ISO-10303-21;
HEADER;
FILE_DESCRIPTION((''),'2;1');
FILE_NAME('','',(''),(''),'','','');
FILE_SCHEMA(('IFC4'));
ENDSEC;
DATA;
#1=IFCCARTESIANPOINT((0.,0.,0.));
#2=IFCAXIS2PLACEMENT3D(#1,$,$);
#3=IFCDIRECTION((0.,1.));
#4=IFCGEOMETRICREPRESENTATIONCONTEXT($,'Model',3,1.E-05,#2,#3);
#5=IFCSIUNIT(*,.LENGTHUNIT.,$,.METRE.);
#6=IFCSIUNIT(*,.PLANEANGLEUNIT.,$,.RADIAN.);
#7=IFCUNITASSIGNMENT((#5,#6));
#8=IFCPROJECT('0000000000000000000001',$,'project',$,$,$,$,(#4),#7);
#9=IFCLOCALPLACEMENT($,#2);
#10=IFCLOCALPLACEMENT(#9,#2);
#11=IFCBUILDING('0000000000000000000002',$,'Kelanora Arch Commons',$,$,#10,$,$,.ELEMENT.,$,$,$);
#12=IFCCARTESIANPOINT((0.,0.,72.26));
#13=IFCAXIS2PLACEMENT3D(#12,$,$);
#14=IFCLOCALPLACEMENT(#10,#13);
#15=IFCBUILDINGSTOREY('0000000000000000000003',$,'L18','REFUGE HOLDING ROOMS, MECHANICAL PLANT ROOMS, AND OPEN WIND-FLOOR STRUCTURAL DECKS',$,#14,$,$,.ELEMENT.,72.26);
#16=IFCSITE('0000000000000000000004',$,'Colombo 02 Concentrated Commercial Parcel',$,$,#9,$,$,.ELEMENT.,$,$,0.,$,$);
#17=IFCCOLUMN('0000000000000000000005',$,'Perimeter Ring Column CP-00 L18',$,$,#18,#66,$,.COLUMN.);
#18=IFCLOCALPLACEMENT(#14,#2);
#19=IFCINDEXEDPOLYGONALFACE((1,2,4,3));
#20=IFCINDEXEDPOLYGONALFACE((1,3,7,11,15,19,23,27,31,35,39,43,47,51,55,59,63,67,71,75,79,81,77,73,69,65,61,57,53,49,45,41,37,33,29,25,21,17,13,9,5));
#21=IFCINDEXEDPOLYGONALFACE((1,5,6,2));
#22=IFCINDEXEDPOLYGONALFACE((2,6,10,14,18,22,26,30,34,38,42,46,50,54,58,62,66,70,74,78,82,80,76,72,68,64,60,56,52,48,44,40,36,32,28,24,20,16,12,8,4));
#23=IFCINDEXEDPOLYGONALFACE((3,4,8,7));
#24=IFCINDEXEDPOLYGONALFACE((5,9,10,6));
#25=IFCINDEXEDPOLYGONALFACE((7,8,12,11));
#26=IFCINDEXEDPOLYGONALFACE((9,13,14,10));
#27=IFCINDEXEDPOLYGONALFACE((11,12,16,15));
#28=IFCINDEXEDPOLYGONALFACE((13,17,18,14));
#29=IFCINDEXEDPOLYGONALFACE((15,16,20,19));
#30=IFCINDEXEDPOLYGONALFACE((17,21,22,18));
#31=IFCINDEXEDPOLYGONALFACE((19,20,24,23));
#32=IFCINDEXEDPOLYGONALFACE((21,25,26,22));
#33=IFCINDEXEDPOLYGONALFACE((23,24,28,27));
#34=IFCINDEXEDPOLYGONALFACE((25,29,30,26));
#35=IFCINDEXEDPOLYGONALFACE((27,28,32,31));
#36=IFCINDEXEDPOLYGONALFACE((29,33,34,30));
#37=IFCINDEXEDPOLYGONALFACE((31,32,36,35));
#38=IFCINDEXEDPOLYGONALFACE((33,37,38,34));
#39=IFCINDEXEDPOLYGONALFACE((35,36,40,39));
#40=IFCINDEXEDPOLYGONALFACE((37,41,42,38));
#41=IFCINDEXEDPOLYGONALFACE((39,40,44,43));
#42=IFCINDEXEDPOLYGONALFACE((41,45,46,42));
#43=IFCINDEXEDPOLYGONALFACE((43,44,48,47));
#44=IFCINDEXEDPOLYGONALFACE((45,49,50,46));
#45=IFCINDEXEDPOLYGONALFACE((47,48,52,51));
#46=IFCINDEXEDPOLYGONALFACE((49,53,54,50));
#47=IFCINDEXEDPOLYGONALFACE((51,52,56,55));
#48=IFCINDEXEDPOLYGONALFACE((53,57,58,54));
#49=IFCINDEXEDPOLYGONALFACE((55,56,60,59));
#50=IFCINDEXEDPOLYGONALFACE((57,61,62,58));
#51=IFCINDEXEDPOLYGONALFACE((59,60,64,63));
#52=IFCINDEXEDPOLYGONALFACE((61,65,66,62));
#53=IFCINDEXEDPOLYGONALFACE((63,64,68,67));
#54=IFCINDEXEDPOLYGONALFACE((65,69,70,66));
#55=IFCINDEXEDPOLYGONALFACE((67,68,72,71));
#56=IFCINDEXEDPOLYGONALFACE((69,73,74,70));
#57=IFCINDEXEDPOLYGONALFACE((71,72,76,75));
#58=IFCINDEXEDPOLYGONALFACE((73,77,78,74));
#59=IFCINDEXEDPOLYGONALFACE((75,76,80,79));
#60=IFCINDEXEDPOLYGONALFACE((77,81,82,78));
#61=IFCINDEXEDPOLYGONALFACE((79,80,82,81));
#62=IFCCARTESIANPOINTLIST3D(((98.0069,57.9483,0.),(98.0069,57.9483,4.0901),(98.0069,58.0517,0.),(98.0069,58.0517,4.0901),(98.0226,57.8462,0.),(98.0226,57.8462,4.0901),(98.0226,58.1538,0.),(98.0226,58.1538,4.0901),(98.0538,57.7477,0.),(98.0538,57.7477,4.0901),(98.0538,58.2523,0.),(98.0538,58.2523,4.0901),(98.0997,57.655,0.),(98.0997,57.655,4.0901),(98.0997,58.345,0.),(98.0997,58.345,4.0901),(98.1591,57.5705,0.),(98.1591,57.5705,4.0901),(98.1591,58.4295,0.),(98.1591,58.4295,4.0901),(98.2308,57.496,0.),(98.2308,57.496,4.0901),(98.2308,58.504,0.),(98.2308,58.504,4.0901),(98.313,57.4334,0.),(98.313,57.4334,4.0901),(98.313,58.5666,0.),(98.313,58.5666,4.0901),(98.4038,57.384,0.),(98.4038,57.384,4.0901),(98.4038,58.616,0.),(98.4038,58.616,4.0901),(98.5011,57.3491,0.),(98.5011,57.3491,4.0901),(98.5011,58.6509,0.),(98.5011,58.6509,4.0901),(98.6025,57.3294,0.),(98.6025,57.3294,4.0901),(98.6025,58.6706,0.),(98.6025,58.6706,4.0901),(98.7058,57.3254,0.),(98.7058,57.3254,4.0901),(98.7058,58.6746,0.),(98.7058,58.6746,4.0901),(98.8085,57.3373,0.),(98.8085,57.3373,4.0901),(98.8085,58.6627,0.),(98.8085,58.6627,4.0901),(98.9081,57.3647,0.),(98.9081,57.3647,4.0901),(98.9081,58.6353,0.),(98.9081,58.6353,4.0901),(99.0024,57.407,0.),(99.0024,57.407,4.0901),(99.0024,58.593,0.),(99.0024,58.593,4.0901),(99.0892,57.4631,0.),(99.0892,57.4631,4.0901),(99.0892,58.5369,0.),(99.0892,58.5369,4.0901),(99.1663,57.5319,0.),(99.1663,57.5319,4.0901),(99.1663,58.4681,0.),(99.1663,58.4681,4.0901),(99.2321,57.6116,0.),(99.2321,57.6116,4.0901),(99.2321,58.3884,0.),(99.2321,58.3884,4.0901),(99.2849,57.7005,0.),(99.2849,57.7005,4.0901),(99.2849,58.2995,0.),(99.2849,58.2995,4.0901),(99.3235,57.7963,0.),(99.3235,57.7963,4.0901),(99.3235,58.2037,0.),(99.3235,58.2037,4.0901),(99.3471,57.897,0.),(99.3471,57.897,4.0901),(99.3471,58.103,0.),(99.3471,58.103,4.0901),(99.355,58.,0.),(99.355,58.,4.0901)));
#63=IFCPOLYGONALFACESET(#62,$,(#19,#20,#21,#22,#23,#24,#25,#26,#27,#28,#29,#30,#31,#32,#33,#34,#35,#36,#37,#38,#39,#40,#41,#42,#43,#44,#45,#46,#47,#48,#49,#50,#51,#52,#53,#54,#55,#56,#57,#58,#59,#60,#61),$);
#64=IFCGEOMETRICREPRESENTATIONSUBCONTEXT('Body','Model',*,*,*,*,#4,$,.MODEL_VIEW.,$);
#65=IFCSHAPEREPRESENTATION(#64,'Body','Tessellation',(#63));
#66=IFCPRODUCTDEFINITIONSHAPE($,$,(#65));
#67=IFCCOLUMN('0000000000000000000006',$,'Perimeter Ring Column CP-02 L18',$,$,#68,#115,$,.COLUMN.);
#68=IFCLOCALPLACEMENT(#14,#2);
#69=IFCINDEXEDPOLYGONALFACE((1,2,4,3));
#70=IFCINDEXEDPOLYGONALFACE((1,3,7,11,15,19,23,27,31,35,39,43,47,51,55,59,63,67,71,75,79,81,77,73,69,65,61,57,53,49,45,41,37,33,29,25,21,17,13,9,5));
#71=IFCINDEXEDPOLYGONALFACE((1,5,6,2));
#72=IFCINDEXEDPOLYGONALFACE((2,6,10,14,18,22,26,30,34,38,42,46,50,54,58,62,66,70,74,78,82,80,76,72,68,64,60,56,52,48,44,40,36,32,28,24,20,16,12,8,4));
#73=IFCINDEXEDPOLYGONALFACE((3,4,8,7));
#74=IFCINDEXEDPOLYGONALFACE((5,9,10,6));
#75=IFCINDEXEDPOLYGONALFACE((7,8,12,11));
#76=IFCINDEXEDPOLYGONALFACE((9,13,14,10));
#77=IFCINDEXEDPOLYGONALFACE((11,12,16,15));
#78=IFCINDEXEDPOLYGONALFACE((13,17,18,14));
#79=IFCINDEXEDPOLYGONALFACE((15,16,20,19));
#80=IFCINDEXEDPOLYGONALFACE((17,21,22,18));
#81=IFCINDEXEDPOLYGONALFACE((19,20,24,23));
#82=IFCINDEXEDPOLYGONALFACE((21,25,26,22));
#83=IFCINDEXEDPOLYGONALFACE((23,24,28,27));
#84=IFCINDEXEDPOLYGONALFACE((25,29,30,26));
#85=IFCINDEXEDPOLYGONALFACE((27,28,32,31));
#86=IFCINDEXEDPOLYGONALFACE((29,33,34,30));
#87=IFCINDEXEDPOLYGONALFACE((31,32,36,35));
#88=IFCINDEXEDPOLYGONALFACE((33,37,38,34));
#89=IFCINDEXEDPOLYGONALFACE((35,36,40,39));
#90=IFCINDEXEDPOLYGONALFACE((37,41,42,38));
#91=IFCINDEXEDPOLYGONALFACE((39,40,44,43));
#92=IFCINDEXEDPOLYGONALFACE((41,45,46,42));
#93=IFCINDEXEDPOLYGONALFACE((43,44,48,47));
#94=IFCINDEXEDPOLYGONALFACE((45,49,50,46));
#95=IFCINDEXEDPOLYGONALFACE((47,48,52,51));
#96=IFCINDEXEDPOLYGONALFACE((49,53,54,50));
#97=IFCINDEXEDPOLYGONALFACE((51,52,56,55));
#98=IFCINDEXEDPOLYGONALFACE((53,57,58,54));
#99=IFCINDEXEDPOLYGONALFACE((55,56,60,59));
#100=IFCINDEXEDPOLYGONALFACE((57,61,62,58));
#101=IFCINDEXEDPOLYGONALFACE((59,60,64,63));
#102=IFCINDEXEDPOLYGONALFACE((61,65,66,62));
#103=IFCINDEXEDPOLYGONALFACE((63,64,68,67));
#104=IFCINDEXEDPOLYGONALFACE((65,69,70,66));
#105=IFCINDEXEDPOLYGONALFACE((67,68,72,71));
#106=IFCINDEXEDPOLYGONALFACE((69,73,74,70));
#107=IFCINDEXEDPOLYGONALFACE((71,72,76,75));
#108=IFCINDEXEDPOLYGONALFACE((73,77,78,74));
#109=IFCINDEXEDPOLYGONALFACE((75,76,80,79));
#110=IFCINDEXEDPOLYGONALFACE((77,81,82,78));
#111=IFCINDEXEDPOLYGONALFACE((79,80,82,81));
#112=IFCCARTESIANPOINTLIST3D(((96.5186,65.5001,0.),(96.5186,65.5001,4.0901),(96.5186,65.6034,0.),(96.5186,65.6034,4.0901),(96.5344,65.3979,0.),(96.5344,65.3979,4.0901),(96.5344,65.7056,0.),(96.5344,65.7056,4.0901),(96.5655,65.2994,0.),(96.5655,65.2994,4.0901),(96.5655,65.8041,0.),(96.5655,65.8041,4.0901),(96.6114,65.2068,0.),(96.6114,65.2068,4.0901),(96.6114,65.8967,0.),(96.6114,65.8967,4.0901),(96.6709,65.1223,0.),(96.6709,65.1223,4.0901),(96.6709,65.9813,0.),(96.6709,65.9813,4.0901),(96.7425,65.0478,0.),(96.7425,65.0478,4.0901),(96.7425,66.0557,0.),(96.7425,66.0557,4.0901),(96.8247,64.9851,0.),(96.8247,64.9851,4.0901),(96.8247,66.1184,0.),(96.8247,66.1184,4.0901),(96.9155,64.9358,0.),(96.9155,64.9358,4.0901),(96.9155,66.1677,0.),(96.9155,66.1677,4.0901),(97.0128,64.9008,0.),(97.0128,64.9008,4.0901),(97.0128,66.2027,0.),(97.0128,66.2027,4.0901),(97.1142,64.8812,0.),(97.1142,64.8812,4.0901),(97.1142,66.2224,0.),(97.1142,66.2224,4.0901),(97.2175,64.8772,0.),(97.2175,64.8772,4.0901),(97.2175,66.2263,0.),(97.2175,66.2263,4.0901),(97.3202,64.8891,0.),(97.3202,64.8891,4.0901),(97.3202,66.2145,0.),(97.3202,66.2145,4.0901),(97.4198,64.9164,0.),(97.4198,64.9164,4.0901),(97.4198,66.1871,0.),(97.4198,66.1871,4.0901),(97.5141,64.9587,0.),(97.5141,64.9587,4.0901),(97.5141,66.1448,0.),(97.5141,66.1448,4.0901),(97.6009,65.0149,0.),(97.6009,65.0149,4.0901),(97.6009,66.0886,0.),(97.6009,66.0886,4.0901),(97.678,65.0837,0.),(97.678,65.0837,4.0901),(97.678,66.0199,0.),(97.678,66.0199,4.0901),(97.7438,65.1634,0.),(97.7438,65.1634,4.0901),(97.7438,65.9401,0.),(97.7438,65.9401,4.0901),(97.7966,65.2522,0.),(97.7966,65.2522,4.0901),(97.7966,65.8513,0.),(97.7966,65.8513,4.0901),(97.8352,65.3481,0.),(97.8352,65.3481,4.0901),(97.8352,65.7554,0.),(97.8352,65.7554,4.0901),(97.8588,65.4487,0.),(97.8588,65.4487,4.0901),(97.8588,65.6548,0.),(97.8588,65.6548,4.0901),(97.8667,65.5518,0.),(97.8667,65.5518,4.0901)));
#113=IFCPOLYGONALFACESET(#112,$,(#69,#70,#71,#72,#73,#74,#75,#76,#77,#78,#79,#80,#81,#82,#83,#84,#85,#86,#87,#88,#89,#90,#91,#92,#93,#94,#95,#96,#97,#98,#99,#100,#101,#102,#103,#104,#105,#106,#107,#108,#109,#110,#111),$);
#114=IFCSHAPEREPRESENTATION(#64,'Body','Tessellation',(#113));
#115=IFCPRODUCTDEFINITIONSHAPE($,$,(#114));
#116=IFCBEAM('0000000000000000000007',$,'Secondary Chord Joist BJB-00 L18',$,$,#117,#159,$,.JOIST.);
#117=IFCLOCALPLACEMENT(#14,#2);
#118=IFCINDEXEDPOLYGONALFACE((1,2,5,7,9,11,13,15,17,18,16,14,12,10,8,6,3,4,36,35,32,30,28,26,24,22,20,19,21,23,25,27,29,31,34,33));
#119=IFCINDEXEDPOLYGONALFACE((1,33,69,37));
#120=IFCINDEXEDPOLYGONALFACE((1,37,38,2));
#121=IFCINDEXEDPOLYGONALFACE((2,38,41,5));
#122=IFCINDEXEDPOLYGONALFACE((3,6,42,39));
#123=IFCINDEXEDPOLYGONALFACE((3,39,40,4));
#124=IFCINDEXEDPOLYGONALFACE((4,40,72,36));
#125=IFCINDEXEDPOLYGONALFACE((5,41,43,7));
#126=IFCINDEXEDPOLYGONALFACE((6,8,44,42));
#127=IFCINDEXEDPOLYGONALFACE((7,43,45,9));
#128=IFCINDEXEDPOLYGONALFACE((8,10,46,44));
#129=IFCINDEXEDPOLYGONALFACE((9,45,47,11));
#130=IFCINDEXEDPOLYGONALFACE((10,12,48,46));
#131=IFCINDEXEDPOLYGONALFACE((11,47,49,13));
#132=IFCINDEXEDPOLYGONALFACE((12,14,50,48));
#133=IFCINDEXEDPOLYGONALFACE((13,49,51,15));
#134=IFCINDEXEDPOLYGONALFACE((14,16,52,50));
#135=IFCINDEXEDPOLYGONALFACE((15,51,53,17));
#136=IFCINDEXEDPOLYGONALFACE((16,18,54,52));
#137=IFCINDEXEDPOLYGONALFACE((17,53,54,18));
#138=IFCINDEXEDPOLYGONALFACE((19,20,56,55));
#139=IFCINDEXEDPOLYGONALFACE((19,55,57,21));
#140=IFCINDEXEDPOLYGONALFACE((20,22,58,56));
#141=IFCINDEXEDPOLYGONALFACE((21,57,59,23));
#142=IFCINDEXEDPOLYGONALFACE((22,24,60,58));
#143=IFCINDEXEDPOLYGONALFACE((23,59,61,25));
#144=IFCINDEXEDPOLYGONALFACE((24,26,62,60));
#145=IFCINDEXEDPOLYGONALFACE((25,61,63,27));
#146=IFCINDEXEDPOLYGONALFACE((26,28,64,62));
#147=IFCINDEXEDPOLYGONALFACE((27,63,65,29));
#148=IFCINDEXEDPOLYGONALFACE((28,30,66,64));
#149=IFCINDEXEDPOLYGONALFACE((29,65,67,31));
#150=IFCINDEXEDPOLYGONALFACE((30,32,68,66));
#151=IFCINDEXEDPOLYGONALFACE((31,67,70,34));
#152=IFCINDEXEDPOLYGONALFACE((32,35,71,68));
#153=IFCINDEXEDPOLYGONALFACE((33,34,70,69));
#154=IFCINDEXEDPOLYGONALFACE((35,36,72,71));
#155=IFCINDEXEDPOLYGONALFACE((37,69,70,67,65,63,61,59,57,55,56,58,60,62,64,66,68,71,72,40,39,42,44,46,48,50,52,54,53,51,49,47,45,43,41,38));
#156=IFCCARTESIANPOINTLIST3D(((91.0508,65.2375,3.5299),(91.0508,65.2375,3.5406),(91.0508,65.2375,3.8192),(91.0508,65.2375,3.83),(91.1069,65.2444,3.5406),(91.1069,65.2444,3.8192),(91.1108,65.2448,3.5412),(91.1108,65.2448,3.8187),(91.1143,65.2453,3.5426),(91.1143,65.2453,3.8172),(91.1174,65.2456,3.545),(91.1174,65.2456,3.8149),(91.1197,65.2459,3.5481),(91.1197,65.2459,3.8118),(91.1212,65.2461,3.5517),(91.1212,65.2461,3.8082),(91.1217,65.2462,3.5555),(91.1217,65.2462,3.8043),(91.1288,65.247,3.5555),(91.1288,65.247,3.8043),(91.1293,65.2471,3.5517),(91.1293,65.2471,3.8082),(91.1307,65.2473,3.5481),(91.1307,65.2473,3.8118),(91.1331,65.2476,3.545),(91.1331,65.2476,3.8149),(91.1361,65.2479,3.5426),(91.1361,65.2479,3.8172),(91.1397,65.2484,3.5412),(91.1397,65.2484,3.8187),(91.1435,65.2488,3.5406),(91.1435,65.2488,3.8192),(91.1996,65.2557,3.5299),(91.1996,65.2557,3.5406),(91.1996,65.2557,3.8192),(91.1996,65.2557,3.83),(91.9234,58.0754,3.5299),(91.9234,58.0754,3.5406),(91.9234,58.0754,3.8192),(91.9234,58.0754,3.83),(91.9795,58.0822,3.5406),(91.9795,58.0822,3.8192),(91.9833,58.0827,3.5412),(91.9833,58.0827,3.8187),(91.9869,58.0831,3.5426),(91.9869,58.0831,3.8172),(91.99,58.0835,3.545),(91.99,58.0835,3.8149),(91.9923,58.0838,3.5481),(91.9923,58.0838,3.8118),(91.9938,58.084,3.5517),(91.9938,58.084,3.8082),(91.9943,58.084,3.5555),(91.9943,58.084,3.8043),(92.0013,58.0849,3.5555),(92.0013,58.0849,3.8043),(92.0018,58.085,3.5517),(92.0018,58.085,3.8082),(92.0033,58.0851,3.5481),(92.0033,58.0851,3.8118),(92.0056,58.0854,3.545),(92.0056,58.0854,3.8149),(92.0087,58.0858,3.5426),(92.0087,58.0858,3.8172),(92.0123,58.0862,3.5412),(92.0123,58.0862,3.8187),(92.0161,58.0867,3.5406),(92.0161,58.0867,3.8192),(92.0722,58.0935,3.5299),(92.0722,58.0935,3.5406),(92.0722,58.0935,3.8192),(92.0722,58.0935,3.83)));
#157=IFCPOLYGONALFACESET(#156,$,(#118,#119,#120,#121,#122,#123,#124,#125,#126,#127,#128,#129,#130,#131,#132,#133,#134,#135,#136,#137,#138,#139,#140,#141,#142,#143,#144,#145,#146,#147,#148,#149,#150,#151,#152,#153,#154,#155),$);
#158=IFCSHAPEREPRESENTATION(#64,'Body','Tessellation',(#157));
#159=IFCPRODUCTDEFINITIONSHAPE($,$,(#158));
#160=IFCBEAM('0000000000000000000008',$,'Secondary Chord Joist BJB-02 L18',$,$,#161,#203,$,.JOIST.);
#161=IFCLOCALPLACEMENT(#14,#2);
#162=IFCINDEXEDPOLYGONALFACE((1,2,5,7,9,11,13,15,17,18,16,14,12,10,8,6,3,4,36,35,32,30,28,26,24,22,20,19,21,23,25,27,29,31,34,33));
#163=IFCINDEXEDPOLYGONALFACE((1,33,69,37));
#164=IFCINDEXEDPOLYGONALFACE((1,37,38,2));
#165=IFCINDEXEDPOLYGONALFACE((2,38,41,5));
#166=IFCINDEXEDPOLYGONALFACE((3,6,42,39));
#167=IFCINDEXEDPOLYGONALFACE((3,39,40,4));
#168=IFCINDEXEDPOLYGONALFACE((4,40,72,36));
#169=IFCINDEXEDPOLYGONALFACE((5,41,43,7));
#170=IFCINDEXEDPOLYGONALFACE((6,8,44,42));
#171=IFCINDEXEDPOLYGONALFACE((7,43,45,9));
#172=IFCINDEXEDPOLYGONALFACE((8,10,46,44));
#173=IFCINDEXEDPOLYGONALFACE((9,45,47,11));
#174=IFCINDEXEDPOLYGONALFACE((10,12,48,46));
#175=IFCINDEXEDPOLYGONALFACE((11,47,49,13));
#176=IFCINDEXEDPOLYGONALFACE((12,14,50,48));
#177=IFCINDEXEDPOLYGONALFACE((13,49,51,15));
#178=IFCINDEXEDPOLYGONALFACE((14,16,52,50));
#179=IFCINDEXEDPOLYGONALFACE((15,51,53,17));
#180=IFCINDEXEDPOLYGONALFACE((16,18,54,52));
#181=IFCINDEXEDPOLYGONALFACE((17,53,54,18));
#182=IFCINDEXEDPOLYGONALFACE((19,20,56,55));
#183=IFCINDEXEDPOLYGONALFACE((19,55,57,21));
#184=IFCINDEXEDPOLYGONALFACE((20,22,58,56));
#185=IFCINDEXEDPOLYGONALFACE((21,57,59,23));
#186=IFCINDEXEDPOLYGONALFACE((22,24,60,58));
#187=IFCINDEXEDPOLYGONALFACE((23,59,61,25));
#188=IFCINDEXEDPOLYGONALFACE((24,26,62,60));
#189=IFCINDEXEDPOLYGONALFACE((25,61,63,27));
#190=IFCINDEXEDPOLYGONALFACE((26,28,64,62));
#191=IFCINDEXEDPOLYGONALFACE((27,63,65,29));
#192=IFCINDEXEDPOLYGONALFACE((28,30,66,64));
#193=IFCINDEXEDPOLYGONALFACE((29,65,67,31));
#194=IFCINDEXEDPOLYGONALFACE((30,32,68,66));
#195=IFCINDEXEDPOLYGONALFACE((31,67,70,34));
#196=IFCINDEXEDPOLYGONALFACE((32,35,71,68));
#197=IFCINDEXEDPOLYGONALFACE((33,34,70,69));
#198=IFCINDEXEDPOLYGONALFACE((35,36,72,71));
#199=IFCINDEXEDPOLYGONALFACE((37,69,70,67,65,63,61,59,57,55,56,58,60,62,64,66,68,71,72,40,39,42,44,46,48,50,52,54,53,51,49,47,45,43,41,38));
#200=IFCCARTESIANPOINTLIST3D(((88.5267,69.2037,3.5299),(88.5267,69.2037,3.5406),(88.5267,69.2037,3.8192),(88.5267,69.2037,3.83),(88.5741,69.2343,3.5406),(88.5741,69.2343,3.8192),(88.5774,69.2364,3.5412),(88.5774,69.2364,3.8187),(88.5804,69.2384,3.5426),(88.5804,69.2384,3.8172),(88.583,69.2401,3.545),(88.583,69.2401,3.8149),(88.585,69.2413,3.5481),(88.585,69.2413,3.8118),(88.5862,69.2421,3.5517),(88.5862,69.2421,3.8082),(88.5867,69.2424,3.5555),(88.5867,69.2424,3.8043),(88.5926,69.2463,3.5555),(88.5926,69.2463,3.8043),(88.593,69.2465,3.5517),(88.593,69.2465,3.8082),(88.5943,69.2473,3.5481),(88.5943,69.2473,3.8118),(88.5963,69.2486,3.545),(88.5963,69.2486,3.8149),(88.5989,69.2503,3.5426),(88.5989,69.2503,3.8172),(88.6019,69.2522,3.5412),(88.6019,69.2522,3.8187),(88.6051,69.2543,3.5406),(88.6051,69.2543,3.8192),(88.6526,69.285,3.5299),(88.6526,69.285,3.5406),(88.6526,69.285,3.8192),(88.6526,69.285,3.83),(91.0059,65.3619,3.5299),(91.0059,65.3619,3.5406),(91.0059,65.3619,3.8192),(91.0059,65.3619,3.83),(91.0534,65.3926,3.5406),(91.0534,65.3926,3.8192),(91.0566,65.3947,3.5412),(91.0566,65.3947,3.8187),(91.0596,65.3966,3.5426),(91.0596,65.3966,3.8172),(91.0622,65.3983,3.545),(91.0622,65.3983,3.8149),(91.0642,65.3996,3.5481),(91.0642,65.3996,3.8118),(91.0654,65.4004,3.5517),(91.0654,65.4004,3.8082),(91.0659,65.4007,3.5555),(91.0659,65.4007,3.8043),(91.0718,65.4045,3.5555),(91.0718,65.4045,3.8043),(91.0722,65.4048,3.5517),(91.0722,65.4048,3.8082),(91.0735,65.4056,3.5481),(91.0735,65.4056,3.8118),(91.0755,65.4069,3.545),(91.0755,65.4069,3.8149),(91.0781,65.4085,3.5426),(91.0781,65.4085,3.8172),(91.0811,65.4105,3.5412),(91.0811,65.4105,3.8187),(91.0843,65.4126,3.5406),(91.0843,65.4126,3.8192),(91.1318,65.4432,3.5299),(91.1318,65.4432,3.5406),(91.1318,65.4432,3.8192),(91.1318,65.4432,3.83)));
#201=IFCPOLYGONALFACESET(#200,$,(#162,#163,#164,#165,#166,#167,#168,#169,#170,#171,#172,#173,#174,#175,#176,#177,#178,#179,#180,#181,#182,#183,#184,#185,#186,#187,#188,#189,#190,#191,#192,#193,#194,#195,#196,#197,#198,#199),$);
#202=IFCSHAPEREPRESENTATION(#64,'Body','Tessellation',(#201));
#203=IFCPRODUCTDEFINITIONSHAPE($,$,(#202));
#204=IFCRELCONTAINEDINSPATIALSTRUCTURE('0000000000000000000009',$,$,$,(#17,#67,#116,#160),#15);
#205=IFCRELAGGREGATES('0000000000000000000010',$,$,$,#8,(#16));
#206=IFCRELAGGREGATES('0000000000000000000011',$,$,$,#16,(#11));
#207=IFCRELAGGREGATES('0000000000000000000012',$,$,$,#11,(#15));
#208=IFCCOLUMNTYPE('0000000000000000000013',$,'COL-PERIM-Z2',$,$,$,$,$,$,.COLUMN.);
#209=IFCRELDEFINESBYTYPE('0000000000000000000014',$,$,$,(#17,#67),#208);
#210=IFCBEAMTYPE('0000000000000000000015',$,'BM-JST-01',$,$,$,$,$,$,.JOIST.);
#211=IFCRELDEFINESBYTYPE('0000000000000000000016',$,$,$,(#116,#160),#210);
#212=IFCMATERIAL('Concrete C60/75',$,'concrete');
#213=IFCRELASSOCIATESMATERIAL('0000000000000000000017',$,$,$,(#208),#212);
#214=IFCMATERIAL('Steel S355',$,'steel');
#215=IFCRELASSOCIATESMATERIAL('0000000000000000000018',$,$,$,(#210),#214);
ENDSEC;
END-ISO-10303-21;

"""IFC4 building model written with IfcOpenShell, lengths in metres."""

from ifc_helpers import new_model, si_unit, direction, frame, origin, origin_2d, place, context, subcontext, project, spatial, circle, i_section, extrude, material, material_profile, profile_set, type_object, element, save


model = new_model("IFC4")

# Units and contexts
model_context = context("Model", 3, precision=1e-05, world=origin(), true_north=direction((0.0, 1.0)))
body_context = subcontext(model_context, "Body", "Model", "MODEL_VIEW")
ifc_project = project(units=[si_unit("LENGTHUNIT", "METRE"), si_unit("PLANEANGLEUNIT", "RADIAN")], contexts=[model_context])

# Site, building, storey
site_placement = place(None, origin())
site = spatial("IfcSite", under=ifc_project, at=site_placement, Name="Colombo 02 Concentrated Commercial Parcel", CompositionType="ELEMENT", RefElevation=0.0)
building_placement = place(site_placement, origin())
building = spatial("IfcBuilding", under=site, at=building_placement, Name="Kelanora Arch Commons", CompositionType="ELEMENT")
storey_placement = place(building_placement, frame((0.0, 0.0, 72.26)))
storey = spatial("IfcBuildingStorey", under=building, at=storey_placement, Name="L18", Description="REFUGE HOLDING ROOMS, MECHANICAL PLANT ROOMS, AND OPEN WIND-FLOOR STRUCTURAL DECKS", CompositionType="ELEMENT", Elevation=72.26)

# Columns
ifc_material_1 = material(Name="Concrete C60/75", Category="concrete")
ifc_material_profile_1 = material_profile(ifc_material_1, circle(Radius=0.675, at=origin_2d()), Name="RCC1350")
ifc_profile_set_1 = profile_set([ifc_material_profile_1], Name="Concrete C60/75")
column_type = type_object("IfcColumnType", Name="COL-PERIM-Z2", PredefinedType="COLUMN", material=ifc_profile_set_1)
for number, where, z_axis, x_axis, name in (
    (1, (98.6799, 58.0, 0.0), (0.0, 0.0, 1.0), (1.0, 0.0, 0.0), "Perimeter Ring Column CP-00 L18"),
    (2, (97.1917, 65.5518, 0.0), (0.0, 0.0, 1.0), (1.0, 0.0, 0.0), "Perimeter Ring Column CP-02 L18"),
):
    element("IfcColumn", number, at=place(storey_placement, frame(where, z_axis=z_axis, x_axis=x_axis)), inside=storey, type_object=column_type, Name=name, PredefinedType="COLUMN", context=body_context, shape_type="SweptSolid", body=[
        extrude(circle(Radius=0.675, at=origin_2d()), origin(), (0.0, 0.0, 1.0), 4.0901),
    ])

# Beams
ifc_material_2 = material(Name="Steel S355", Category="steel")
ifc_material_profile_2 = material_profile(ifc_material_2, i_section(OverallWidth=0.1499, OverallDepth=0.3, WebThickness=0.0071, FlangeThickness=0.0107, FilletRadius=0.0149, at=origin_2d()), Name="IPE300")
ifc_profile_set_2 = profile_set([ifc_material_profile_2], Name="Steel S355")
beam_type_1 = type_object("IfcBeamType", Name="BM-JST-01", PredefinedType="JOIST", material=ifc_profile_set_2)
beam_1_placement = place(storey_placement, frame((91.9978, 58.0845, 3.6799), z_axis=(-0.120936, 0.99266, 0.0), x_axis=(-0.99266, -0.120936, 0.0)))
element("IfcBeam", 3, at=beam_1_placement, inside=storey, type_object=beam_type_1, Name="Secondary Chord Joist BJB-00 L18", PredefinedType="JOIST", context=body_context, shape_type="SweptSolid", body=[
    extrude(i_section(OverallWidth=0.1499, OverallDepth=0.3, WebThickness=0.0071, FlangeThickness=0.0107, FilletRadius=0.0149, at=origin_2d()), origin(), (0.0, 0.0, 1.0), 7.2151),
])
beam_2_placement = place(storey_placement, frame((91.0688, 65.4026, 3.6799), z_axis=(-0.54223, 0.84023, 0.0), x_axis=(-0.84023, -0.54223, 0.0)))
element("IfcBeam", 4, at=beam_2_placement, inside=storey, type_object=beam_type_1, Name="Secondary Chord Joist BJB-02 L18", PredefinedType="JOIST", context=body_context, shape_type="SweptSolid", body=[
    extrude(i_section(OverallWidth=0.1499, OverallDepth=0.3, WebThickness=0.0071, FlangeThickness=0.0107, FilletRadius=0.0149, at=origin_2d()), origin(), (0.0, 0.0, 1.0), 4.5723),
])

save(model, "model.ifc")
